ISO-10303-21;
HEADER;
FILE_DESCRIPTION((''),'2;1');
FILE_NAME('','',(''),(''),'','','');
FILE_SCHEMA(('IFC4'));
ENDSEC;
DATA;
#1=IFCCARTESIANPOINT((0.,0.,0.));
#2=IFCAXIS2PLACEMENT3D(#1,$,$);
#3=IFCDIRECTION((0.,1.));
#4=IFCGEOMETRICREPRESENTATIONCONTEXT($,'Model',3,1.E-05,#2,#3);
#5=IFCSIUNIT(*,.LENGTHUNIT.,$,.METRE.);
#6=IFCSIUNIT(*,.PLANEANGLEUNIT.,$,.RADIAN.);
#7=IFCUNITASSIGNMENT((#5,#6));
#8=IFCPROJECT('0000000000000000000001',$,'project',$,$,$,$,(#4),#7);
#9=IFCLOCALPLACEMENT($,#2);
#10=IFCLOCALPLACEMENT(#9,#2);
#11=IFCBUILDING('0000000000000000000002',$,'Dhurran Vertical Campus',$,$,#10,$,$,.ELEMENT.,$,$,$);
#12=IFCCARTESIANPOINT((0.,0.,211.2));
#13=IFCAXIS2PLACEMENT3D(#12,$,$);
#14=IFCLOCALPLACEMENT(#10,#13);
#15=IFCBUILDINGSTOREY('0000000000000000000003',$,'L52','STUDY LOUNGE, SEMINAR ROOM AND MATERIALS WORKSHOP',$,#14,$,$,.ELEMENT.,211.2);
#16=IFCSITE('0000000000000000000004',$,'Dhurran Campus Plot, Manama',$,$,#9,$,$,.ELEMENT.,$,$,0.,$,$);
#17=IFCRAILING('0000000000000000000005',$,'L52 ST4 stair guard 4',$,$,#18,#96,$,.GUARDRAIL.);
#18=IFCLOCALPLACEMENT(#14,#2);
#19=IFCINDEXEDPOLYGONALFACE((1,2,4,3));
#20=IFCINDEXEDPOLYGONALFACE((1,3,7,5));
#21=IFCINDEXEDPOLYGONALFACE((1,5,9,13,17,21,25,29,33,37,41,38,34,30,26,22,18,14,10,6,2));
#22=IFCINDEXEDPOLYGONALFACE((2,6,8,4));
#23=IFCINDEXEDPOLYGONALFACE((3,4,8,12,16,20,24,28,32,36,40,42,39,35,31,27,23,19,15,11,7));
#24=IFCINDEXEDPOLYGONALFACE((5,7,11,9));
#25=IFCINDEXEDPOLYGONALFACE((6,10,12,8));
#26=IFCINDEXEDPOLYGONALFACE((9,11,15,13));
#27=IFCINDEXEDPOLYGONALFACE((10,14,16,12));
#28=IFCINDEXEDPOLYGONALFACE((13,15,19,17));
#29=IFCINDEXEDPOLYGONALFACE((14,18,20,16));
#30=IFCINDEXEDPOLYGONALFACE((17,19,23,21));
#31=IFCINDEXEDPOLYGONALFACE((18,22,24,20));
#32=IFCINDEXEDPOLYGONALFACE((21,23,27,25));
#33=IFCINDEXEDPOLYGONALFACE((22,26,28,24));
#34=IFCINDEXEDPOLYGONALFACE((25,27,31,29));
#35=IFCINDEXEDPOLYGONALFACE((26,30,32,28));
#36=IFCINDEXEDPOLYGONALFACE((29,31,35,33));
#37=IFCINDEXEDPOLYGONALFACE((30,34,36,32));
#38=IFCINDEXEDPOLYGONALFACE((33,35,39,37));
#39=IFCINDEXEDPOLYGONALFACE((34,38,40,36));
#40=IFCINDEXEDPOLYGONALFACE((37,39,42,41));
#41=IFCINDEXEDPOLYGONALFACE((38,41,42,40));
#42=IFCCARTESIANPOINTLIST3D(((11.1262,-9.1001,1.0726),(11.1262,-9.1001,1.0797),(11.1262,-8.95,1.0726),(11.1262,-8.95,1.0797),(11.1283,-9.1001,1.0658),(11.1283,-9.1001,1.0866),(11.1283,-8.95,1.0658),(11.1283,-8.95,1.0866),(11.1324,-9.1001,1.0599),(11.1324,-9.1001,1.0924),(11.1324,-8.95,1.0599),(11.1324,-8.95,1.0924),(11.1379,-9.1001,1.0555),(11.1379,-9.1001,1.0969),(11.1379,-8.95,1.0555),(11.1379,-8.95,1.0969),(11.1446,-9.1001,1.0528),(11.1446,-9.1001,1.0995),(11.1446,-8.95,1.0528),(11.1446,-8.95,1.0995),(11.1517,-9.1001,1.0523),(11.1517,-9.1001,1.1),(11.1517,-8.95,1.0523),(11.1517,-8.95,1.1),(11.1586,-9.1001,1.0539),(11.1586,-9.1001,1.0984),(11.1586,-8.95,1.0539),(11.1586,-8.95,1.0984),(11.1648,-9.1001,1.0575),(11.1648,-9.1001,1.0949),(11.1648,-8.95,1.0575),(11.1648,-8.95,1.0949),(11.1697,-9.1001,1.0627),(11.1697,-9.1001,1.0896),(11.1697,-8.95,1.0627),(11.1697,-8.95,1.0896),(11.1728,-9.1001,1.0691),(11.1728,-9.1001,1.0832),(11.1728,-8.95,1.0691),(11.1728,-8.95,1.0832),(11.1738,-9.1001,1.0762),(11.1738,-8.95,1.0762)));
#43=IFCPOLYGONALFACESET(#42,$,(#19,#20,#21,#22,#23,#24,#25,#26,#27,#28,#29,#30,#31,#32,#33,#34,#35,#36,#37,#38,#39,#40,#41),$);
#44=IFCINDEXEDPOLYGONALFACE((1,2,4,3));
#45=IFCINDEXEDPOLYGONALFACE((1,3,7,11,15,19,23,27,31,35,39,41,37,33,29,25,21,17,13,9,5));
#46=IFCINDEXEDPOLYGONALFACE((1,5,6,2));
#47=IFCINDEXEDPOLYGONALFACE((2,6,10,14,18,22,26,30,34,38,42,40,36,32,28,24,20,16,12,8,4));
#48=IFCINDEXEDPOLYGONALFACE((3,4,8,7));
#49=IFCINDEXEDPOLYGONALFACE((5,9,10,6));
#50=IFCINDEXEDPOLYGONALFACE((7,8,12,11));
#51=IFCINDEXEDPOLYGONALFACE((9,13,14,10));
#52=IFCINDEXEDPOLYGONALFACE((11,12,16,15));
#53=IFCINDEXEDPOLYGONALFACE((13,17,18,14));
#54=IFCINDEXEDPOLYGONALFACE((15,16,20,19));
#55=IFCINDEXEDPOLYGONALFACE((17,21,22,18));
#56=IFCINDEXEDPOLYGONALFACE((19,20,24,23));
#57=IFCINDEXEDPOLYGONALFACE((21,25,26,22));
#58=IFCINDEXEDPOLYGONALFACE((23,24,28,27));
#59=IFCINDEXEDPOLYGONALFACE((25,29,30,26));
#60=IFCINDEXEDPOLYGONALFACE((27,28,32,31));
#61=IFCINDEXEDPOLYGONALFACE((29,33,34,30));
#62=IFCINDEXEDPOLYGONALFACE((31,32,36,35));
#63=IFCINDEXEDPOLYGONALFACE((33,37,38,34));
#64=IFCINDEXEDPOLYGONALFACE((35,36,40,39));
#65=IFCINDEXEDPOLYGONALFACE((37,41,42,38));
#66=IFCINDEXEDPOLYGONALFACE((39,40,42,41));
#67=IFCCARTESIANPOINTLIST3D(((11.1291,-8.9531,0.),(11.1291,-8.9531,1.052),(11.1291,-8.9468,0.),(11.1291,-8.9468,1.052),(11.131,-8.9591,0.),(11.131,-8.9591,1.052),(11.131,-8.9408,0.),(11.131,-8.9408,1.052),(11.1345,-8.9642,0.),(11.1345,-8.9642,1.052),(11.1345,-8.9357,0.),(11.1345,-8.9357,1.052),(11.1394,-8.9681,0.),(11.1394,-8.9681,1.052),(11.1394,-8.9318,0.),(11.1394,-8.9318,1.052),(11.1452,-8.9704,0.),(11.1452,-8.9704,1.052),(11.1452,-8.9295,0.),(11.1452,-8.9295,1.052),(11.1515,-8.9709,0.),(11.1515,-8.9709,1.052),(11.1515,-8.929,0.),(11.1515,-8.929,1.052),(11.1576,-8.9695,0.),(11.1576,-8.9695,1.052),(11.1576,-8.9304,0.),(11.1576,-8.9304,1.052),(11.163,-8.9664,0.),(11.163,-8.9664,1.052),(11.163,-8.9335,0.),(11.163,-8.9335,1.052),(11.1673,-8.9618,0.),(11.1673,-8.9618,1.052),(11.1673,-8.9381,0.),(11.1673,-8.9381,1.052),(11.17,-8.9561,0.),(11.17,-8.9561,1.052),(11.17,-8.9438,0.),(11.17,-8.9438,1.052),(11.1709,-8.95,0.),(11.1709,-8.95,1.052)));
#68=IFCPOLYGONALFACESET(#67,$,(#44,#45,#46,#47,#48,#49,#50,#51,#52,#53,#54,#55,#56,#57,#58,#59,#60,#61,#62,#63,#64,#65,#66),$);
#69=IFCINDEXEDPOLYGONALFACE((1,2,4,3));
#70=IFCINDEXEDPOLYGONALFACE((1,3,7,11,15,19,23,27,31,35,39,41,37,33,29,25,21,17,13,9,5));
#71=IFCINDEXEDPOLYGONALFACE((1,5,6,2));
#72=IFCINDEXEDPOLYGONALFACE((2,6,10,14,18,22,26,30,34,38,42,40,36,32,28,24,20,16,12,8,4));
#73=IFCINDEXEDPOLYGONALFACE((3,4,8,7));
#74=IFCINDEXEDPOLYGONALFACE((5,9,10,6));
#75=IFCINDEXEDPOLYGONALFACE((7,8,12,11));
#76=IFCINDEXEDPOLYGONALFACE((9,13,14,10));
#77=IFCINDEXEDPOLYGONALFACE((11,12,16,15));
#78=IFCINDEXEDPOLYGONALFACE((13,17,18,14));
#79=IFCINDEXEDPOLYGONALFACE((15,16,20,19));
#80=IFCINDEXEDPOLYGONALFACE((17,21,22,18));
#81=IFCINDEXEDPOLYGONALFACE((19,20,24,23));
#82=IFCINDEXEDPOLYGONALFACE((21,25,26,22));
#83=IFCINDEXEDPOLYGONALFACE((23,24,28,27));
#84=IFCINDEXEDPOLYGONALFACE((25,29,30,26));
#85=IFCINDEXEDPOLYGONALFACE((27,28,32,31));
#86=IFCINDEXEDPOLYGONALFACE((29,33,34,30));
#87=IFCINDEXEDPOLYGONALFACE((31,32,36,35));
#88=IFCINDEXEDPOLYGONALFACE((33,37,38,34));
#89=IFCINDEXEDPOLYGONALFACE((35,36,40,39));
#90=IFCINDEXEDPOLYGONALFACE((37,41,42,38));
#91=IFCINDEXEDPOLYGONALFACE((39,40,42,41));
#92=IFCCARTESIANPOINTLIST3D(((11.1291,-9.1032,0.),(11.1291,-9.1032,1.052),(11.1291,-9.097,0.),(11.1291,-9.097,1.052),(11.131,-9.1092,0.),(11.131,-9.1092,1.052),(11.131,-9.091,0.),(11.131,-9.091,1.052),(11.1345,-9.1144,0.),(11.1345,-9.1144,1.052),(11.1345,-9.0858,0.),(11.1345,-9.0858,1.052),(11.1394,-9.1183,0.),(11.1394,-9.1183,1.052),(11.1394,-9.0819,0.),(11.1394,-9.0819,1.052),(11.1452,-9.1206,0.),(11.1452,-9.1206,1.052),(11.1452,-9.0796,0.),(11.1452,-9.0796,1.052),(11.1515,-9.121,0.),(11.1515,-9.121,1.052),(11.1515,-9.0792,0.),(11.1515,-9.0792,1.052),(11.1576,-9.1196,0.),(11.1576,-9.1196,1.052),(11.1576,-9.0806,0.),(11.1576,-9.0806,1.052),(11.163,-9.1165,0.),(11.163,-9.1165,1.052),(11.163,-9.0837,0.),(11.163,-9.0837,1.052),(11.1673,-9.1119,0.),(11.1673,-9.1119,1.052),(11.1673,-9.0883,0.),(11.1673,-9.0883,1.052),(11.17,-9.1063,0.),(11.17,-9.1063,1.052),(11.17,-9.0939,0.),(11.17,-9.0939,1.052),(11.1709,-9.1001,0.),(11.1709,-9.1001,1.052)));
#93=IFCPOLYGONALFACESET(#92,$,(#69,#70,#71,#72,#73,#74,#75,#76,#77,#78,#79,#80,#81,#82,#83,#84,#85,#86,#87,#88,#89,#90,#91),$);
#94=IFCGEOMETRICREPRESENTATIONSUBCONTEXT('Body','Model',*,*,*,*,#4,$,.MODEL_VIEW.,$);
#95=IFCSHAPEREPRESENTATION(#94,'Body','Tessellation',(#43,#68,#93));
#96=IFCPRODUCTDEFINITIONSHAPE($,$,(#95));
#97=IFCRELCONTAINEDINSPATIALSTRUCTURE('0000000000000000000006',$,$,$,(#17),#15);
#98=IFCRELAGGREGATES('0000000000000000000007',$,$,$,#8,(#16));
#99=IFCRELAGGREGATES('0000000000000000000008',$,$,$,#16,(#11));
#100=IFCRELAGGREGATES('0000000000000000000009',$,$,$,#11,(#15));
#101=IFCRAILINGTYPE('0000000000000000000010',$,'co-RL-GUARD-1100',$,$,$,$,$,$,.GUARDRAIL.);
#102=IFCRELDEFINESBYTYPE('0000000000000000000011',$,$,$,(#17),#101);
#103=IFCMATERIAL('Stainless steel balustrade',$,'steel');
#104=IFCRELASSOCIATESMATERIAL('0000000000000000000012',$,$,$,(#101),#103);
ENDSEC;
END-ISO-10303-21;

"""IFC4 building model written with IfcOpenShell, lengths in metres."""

from ifc_helpers import new_model, si_unit, direction, frame, origin, origin_2d, place, context, subcontext, project, spatial, circle, extrude, material, type_object, element, save


model = new_model("IFC4")

# Units and contexts
model_context = context("Model", 3, precision=1e-05, world=origin(), true_north=direction((0.0, 1.0)))
body_context = subcontext(model_context, "Body", "Model", "MODEL_VIEW")
ifc_project = project(units=[si_unit("LENGTHUNIT", "METRE"), si_unit("PLANEANGLEUNIT", "RADIAN")], contexts=[model_context])

# Site, building, storey
site_placement = place(None, origin())
site = spatial("IfcSite", under=ifc_project, at=site_placement, Name="Dhurran Campus Plot, Manama", CompositionType="ELEMENT", RefElevation=0.0)
building_placement = place(site_placement, origin())
building = spatial("IfcBuilding", under=site, at=building_placement, Name="Dhurran Vertical Campus", CompositionType="ELEMENT")
storey_placement = place(building_placement, frame((0.0, 0.0, 211.2)))
storey = spatial("IfcBuildingStorey", under=building, at=storey_placement, Name="L52", Description="STUDY LOUNGE, SEMINAR ROOM AND MATERIALS WORKSHOP", CompositionType="ELEMENT", Elevation=211.2)

# Railing
ifc_material_1 = material(Name="Stainless steel balustrade", Category="steel")
railing_type_1 = type_object("IfcRailingType", Name="co-RL-GUARD-1100", PredefinedType="GUARDRAIL", material=ifc_material_1)
railing_1_placement = place(storey_placement, frame((11.1499, -8.95, 0.0)))
element("IfcRailing", 1, at=railing_1_placement, inside=storey, type_object=railing_type_1, Name="L52 ST4 stair guard 4", PredefinedType="GUARDRAIL", context=body_context, shape_type="SweptSolid", body=[
    extrude(circle(Radius=0.0239, at=origin_2d()), frame((0.0, 0.0, 1.0762), z_axis=(0.0, -1.0, 0.0), x_axis=(1.0, 0.0, 0.0)), (0.0, 0.0, 1.0), 0.1501),
    extrude(circle(Radius=0.021, at=origin_2d()), origin(), (0.0, 0.0, 1.0), 1.052),
    extrude(circle(Radius=0.021, at=origin_2d()), frame((0.0, -0.1501, 0.0)), (0.0, 0.0, 1.0), 1.052),
])

save(model, "model.ifc")
